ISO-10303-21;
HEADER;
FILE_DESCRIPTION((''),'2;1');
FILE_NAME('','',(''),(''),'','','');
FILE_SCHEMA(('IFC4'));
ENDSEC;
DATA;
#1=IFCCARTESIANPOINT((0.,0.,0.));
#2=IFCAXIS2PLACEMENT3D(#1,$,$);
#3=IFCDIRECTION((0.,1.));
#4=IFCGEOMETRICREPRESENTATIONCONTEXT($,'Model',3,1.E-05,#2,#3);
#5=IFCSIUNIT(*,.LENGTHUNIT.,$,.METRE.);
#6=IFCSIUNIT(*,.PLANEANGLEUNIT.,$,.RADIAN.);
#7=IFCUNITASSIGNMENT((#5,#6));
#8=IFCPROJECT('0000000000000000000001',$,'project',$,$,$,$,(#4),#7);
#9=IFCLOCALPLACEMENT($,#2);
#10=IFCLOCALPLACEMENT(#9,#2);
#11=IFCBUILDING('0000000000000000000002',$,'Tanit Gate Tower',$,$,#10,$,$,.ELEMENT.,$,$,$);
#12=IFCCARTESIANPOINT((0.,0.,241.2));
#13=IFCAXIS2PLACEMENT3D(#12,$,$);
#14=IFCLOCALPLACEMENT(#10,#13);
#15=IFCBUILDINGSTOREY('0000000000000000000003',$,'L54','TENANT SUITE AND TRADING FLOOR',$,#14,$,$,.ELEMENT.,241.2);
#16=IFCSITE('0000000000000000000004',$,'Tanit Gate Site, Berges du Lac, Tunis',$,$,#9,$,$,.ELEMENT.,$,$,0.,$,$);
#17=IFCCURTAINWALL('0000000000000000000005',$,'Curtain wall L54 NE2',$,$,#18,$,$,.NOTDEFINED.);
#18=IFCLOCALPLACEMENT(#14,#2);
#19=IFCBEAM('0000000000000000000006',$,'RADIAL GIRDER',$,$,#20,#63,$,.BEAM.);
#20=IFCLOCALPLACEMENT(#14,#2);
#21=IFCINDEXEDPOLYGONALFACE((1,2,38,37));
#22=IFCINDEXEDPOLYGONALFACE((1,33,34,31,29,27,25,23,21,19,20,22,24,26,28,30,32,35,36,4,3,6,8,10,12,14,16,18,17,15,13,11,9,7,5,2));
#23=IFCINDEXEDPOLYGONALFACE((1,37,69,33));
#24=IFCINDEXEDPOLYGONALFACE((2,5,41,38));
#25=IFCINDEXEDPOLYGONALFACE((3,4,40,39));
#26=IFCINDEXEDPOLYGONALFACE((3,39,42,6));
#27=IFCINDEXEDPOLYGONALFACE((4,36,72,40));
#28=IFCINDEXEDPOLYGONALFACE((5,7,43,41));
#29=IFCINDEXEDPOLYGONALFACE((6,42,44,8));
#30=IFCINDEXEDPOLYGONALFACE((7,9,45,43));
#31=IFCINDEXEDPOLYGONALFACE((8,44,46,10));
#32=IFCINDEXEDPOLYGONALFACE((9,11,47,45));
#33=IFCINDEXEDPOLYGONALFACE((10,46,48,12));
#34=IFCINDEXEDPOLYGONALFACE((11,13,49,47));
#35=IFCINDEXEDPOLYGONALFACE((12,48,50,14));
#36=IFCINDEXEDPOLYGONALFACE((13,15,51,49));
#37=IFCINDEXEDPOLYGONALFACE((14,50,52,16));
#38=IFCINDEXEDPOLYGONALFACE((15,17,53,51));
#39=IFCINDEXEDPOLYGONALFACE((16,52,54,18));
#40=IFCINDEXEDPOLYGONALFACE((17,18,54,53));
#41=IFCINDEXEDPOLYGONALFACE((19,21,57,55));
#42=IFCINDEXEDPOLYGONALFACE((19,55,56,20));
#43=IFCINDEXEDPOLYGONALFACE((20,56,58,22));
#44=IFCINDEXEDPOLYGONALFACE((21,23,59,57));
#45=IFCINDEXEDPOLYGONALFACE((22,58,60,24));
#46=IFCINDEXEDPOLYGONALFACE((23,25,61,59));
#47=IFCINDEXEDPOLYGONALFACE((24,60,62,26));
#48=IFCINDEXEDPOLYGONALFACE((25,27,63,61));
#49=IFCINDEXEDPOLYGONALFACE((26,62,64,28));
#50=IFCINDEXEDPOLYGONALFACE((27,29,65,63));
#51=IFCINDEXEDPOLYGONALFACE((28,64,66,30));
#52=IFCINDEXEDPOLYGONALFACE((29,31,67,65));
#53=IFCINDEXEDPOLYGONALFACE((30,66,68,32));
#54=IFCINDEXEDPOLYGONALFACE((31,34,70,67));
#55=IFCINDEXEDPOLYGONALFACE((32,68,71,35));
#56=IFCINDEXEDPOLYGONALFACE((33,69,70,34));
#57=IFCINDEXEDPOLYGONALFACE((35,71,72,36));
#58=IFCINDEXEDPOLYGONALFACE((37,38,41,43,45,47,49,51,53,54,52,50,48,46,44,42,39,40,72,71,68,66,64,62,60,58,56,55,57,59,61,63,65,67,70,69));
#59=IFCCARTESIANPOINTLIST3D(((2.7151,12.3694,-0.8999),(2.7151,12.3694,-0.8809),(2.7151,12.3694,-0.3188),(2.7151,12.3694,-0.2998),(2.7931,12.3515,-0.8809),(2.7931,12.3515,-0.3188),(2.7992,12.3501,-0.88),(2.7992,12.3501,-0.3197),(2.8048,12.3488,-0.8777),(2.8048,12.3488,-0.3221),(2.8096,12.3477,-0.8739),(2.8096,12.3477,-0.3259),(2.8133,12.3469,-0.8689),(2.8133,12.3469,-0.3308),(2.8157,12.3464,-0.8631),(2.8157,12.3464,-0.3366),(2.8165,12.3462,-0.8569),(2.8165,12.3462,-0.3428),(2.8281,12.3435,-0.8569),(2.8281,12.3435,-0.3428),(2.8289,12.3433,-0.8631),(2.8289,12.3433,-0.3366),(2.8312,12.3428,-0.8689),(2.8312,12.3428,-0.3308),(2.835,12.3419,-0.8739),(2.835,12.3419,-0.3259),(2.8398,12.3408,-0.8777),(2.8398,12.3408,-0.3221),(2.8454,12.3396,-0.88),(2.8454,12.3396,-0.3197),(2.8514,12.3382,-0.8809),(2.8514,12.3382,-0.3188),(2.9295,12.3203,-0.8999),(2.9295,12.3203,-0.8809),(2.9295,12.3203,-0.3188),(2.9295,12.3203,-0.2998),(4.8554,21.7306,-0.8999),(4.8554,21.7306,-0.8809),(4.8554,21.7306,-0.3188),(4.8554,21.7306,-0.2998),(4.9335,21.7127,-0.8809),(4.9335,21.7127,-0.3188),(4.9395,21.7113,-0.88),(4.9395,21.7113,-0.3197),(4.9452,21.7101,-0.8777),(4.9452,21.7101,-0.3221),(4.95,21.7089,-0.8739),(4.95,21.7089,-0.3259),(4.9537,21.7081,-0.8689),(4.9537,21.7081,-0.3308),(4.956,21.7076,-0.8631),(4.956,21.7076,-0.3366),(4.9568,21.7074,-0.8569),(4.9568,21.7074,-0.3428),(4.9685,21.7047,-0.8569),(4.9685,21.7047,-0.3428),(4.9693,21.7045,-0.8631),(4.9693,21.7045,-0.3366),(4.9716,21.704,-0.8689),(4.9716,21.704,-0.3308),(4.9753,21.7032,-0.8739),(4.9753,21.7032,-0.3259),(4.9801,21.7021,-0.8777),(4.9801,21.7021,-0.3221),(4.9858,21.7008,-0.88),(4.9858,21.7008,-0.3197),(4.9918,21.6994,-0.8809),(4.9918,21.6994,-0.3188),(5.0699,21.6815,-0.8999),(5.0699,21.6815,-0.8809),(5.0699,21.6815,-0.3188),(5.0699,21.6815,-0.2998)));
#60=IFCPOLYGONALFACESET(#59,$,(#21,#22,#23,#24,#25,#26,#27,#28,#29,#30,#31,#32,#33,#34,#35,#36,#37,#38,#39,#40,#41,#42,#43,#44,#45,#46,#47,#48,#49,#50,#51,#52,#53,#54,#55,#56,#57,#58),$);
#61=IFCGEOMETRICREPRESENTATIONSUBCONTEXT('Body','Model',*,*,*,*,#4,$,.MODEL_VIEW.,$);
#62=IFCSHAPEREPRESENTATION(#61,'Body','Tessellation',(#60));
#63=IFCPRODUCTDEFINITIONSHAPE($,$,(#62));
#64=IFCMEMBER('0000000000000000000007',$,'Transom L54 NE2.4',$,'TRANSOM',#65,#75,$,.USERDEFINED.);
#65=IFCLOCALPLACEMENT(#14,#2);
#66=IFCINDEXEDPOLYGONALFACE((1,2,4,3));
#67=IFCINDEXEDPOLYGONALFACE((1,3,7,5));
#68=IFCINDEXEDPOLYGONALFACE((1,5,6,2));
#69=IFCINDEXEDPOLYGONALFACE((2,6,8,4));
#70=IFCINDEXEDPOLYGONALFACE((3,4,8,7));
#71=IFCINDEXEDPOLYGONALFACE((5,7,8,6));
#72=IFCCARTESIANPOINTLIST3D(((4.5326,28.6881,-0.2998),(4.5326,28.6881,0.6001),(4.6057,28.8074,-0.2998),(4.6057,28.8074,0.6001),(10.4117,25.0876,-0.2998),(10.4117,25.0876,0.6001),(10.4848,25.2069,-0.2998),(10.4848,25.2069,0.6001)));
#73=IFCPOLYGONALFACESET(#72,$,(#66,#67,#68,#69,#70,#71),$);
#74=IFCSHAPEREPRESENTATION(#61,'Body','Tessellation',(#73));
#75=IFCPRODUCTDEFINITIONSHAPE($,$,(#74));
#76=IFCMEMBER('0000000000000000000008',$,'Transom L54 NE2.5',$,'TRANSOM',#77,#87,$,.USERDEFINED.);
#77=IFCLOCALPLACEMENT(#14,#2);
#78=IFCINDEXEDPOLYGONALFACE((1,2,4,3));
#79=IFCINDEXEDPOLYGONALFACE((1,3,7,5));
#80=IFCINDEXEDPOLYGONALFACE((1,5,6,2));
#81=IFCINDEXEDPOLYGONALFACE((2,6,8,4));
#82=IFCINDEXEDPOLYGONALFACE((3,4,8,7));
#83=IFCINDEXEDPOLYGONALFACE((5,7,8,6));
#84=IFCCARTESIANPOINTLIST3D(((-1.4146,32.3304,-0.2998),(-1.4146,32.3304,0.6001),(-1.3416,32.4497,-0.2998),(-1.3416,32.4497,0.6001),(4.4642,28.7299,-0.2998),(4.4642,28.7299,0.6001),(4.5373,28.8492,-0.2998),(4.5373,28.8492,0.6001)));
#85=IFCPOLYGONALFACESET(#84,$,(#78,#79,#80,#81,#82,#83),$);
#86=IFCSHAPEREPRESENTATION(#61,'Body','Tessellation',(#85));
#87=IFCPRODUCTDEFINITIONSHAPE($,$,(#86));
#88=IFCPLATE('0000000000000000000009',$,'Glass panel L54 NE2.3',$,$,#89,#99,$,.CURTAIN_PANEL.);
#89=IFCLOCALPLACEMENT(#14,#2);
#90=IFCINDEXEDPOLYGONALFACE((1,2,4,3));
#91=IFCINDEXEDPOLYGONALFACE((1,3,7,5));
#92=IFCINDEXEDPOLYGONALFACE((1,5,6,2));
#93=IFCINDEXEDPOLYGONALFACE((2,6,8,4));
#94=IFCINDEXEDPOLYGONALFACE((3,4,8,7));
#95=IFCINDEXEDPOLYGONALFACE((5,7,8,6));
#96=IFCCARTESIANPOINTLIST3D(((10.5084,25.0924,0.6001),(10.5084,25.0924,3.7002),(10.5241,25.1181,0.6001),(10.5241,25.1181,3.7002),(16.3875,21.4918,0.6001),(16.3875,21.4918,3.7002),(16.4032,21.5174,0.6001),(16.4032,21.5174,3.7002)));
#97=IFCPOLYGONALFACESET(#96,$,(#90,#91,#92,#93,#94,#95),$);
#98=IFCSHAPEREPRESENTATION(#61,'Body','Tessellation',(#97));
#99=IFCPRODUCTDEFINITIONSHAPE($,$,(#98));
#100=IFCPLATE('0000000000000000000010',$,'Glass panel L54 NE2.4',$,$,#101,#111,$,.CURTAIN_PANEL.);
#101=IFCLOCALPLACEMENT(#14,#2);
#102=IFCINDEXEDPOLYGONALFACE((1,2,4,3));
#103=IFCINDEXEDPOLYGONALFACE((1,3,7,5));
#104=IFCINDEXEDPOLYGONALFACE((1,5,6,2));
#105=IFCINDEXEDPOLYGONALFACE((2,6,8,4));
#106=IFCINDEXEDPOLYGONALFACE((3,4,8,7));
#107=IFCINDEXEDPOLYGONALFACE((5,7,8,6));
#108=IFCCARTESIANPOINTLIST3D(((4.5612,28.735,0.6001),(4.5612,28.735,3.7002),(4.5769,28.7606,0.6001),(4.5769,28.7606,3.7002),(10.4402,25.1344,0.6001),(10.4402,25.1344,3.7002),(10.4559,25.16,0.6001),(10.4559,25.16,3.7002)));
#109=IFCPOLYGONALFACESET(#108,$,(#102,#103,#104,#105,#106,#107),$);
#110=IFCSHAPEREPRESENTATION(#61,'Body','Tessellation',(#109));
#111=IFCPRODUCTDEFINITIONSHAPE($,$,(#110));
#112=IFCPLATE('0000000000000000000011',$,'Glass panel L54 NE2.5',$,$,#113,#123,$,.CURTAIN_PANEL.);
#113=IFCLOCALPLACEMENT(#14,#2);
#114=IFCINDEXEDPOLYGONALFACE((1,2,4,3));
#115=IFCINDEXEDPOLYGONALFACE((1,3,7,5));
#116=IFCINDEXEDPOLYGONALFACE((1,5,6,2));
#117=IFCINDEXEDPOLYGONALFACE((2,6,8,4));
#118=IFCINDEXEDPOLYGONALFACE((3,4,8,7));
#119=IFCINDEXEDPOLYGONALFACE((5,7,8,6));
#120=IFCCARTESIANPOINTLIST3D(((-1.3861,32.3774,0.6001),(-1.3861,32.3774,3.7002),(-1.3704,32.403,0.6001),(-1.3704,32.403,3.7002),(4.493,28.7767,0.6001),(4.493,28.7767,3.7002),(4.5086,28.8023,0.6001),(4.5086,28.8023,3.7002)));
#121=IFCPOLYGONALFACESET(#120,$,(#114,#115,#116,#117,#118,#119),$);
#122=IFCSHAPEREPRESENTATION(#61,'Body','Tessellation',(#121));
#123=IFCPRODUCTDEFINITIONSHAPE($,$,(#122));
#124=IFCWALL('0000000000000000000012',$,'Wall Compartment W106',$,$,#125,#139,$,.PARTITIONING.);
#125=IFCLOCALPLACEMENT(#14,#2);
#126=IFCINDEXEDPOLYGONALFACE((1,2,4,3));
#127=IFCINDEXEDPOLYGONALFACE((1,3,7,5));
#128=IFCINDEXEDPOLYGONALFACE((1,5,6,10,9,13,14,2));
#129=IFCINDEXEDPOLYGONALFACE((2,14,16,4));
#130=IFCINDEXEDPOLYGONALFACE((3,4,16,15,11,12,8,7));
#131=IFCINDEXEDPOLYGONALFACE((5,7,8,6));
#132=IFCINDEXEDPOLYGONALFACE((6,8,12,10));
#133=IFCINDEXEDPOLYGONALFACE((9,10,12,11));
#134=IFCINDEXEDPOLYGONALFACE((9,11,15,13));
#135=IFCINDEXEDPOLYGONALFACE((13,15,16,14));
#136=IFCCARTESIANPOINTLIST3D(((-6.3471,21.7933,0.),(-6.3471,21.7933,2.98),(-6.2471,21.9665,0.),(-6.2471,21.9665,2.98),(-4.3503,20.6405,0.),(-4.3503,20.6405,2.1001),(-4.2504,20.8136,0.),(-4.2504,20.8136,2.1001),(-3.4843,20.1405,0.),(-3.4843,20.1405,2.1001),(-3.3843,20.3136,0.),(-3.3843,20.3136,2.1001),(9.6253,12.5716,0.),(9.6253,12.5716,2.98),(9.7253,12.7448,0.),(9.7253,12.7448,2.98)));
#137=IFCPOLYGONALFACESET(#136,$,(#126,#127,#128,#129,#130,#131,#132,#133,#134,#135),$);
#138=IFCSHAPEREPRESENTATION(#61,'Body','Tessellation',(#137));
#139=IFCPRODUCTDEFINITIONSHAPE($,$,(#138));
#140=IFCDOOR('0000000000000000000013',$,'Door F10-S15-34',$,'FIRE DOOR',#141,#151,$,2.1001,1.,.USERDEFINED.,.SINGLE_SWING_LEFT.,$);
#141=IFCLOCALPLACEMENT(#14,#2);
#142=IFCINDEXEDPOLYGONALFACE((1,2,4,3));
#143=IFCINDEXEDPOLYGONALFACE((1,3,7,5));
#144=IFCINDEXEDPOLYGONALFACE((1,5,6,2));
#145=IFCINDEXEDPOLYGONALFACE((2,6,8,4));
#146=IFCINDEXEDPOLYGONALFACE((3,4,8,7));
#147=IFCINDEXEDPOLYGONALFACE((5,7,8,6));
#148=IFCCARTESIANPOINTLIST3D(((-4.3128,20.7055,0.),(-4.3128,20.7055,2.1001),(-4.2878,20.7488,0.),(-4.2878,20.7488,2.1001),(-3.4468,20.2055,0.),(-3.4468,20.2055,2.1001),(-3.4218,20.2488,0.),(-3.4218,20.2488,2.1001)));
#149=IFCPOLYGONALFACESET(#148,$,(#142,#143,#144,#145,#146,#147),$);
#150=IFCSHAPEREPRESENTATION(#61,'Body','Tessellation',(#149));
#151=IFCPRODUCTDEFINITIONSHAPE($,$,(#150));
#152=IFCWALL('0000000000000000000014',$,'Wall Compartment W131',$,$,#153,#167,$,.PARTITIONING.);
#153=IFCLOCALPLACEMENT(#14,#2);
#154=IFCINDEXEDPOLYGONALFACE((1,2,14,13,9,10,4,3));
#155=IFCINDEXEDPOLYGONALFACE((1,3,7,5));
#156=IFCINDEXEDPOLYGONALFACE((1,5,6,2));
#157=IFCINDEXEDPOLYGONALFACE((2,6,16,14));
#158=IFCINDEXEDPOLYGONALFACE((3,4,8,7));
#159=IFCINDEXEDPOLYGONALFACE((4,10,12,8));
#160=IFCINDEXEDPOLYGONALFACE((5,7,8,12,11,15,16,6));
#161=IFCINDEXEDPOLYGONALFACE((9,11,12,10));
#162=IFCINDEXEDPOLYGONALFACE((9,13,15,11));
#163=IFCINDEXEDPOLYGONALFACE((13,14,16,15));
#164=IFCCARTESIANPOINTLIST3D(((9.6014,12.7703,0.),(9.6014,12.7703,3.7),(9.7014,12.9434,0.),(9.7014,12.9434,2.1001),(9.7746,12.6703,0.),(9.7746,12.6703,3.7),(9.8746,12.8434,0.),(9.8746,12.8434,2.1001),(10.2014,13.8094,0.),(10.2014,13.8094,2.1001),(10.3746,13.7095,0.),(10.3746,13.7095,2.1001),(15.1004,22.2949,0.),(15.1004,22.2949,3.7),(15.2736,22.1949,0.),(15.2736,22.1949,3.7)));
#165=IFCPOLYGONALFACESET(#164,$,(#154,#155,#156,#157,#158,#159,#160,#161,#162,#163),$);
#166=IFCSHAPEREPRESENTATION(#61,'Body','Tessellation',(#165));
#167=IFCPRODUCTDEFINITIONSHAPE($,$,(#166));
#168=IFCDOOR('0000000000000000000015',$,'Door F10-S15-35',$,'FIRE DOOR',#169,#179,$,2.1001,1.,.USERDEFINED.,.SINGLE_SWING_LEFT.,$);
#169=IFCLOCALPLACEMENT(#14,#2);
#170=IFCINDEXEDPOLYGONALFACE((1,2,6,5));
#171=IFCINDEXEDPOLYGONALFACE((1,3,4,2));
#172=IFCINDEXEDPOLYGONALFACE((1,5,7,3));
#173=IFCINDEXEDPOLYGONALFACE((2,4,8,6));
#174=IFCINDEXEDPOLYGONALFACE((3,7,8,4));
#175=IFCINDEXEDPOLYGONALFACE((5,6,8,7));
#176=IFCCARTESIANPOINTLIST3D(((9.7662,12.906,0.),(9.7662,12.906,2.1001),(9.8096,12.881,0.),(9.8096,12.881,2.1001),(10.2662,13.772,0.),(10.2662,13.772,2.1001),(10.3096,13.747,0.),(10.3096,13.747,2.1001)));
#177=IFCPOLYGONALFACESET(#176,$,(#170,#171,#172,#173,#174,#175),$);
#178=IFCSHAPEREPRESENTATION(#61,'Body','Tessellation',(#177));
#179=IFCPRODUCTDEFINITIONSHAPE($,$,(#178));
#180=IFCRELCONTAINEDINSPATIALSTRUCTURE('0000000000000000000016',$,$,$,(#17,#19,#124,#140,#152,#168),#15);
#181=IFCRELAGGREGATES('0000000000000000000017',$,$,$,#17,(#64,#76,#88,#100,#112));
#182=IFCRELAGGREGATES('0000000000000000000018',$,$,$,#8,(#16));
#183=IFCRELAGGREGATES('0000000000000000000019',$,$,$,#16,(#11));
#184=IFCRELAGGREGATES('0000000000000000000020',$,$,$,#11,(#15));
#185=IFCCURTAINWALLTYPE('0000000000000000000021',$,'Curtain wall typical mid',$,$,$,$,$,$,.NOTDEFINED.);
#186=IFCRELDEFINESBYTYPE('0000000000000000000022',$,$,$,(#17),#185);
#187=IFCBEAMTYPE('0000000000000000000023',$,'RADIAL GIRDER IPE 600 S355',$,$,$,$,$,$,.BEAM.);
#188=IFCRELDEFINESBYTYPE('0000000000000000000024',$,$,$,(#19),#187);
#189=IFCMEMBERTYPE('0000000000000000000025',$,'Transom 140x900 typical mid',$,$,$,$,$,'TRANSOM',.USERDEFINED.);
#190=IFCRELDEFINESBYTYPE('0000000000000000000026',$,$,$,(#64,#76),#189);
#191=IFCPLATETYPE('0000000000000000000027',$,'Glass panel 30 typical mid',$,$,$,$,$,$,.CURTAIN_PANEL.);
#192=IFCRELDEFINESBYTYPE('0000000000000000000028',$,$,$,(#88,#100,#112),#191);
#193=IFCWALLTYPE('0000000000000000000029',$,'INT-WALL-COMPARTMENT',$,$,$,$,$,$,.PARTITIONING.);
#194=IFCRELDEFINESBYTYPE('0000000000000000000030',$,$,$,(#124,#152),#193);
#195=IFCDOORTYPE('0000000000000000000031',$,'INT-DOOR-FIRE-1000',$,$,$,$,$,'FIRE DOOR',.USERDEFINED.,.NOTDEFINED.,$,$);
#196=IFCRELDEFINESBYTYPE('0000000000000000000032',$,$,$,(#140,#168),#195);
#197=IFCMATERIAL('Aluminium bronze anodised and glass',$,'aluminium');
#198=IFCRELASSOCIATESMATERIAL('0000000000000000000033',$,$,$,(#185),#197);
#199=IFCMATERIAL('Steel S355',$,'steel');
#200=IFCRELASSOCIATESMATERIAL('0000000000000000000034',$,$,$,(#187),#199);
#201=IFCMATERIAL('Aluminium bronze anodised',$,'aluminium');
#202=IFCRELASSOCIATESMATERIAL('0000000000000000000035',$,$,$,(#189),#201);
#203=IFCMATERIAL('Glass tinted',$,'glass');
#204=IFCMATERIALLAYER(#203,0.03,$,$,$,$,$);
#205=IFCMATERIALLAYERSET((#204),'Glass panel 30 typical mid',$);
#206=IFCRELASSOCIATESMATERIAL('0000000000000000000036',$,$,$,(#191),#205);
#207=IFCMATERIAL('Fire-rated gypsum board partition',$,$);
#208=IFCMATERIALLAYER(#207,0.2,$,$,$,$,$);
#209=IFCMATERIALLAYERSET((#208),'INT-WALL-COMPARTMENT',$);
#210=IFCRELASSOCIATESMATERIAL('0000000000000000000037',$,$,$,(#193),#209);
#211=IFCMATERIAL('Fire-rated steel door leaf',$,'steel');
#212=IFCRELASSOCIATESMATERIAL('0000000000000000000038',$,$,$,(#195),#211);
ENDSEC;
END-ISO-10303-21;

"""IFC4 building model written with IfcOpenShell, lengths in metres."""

from ifc_helpers import new_model, si_unit, direction, frame, frame_2d, origin, origin_2d, place, context, subcontext, project, spatial, rectangle, i_section, extrude, material, layer, layer_set, material_profile, profile_set, type_object, element, fill, aggregate, save


model = new_model("IFC4")

# Units and contexts
model_context = context("Model", 3, precision=1e-05, world=origin(), true_north=direction((0.0, 1.0)))
body_context = subcontext(model_context, "Body", "Model", "MODEL_VIEW")
ifc_project = project(units=[si_unit("LENGTHUNIT", "METRE"), si_unit("PLANEANGLEUNIT", "RADIAN")], contexts=[model_context])

# Site, building, storey
site_placement = place(None, origin())
site = spatial("IfcSite", under=ifc_project, at=site_placement, Name="Tanit Gate Site, Berges du Lac, Tunis", CompositionType="ELEMENT", RefElevation=0.0)
building_placement = place(site_placement, origin())
building = spatial("IfcBuilding", under=site, at=building_placement, Name="Tanit Gate Tower", CompositionType="ELEMENT")
storey_placement = place(building_placement, frame((0.0, 0.0, 241.2)))
storey = spatial("IfcBuildingStorey", under=building, at=storey_placement, Name="L54", Description="TENANT SUITE AND TRADING FLOOR", CompositionType="ELEMENT", Elevation=241.2)

# Curtain wall
ifc_material_1 = material(Name="Aluminium bronze anodised and glass", Category="aluminium")
curtain_wall_type = type_object("IfcCurtainWallType", Name="Curtain wall typical mid", PredefinedType="NOTDEFINED", material=ifc_material_1)
curtain_wall_placement = place(storey_placement, origin())
curtain_wall = element("IfcCurtainWall", 1, at=curtain_wall_placement, inside=storey, type_object=curtain_wall_type, Name="Curtain wall L54 NE2", PredefinedType="NOTDEFINED")

# Beam
ifc_material_2 = material(Name="Steel S355", Category="steel")
ifc_material_profile_1 = material_profile(ifc_material_2, i_section(OverallWidth=0.22, OverallDepth=0.6001, WebThickness=0.012, FlangeThickness=0.019, FilletRadius=0.0239, at=origin_2d()), Name="IPE 600")
ifc_profile_set_1 = profile_set([ifc_material_profile_1], Name="Steel S355")
beam_type_1 = type_object("IfcBeamType", Name="RADIAL GIRDER IPE 600 S355", PredefinedType="BEAM", material=ifc_profile_set_1)
beam_1_placement = place(storey_placement, frame((4.9626, 21.7061, -0.5999), z_axis=(-0.222889, -0.974844, 0.0), x_axis=(0.974844, -0.222889, 0.0)))
element("IfcBeam", 2, at=beam_1_placement, inside=storey, type_object=beam_type_1, Name="RADIAL GIRDER", PredefinedType="BEAM", context=body_context, shape_type="SweptSolid", body=[
    extrude(i_section(OverallWidth=0.22, OverallDepth=0.6001, WebThickness=0.012, FlangeThickness=0.019, FilletRadius=0.0239, at=origin_2d()), origin(), (0.0, 0.0, 1.0), 9.6028),
])

# Members
ifc_material_3 = material(Name="Aluminium bronze anodised", Category="aluminium")
ifc_material_profile_2 = material_profile(ifc_material_3, rectangle(XDim=0.1399, YDim=0.8999, at=origin_2d()), Name="140x900 bronze transom")
ifc_profile_set_2 = profile_set([ifc_material_profile_2], Name="Aluminium bronze anodised")
member_type_1 = type_object("IfcMemberType", Name="Transom 140x900 typical mid", ElementType="TRANSOM", PredefinedType="USERDEFINED", material=ifc_profile_set_2)
member_1_placement = place(storey_placement, frame((10.4482, 25.1472, 0.1501), z_axis=(-0.85278, 0.522271, 0.0), x_axis=(-0.522271, -0.85278, 0.0)))
member_1 = element("IfcMember", 3, at=member_1_placement, type_object=member_type_1, Name="Transom L54 NE2.4", ObjectType="TRANSOM", PredefinedType="USERDEFINED", context=body_context, shape_type="SweptSolid", body=[
    extrude(rectangle(XDim=0.1399, YDim=0.8999, at=origin_2d()), origin(), (0.0, 0.0, 1.0), 6.894),
])
member_2_placement = place(storey_placement, frame((4.5007, 28.7896, 0.1501), z_axis=(-0.85277, 0.522286, 0.0), x_axis=(-0.522286, -0.85277, 0.0)))
member_2 = element("IfcMember", 4, at=member_2_placement, type_object=member_type_1, Name="Transom L54 NE2.5", ObjectType="TRANSOM", PredefinedType="USERDEFINED", context=body_context, shape_type="SweptSolid", body=[
    extrude(rectangle(XDim=0.1399, YDim=0.8999, at=origin_2d()), origin(), (0.0, 0.0, 1.0), 6.8938),
])

# Plates
ifc_material_4 = material(Name="Glass tinted", Category="glass")
ifc_layer_1 = layer(ifc_material_4, 0.03)
ifc_layer_set_1 = layer_set([ifc_layer_1], Name="Glass panel 30 typical mid")
plate_type = type_object("IfcPlateType", Name="Glass panel 30 typical mid", PredefinedType="CURTAIN_PANEL", material=ifc_layer_set_1)
plate_1_placement = place(storey_placement, frame((13.4558, 23.3049, 0.6001), z_axis=(0.0, 0.0, 1.0), x_axis=(-0.852772, 0.522283, 0.0)))
plate_1 = element("IfcPlate", 5, at=plate_1_placement, type_object=plate_type, Name="Glass panel L54 NE2.3", PredefinedType="CURTAIN_PANEL", context=body_context, shape_type="SweptSolid", body=[
    extrude(rectangle(XDim=6.894, YDim=0.03, at=origin_2d()), origin(), (0.0, 0.0, 1.0), 3.1001),
])
plate_2_placement = place(storey_placement, frame((7.5085, 26.9475, 0.6001), z_axis=(0.0, 0.0, 1.0), x_axis=(-0.852772, 0.522283, 0.0)))
plate_2 = element("IfcPlate", 6, at=plate_2_placement, type_object=plate_type, Name="Glass panel L54 NE2.4", PredefinedType="CURTAIN_PANEL", context=body_context, shape_type="SweptSolid", body=[
    extrude(rectangle(XDim=6.894, YDim=0.03, at=origin_2d()), origin(), (0.0, 0.0, 1.0), 3.1001),
])
plate_3_placement = place(storey_placement, frame((1.5613, 30.5898, 0.6001), z_axis=(0.0, 0.0, 1.0), x_axis=(-0.852772, 0.522283, 0.0)))
plate_3 = element("IfcPlate", 7, at=plate_3_placement, type_object=plate_type, Name="Glass panel L54 NE2.5", PredefinedType="CURTAIN_PANEL", context=body_context, shape_type="SweptSolid", body=[
    extrude(rectangle(XDim=6.894, YDim=0.03, at=origin_2d()), origin(), (0.0, 0.0, 1.0), 3.1001),
])
aggregate(curtain_wall, [member_1, member_2, plate_1, plate_2, plate_3])

# Walls, openings, doors
ifc_material_5 = material(Name="Fire-rated gypsum board partition")
ifc_layer_2 = layer(ifc_material_5, 0.2)
ifc_layer_set_2 = layer_set([ifc_layer_2], Name="INT-WALL-COMPARTMENT")
wall_type_1 = type_object("IfcWallType", Name="INT-WALL-COMPARTMENT", PredefinedType="PARTITIONING", material=ifc_layer_set_2)
wall_1_placement = place(storey_placement, frame((9.6753, 12.6582, 0.0), z_axis=(0.0, 0.0, 1.0), x_axis=(-0.866025, 0.5, 0.0)))
wall_1 = element("IfcWall", 8, at=wall_1_placement, inside=storey, type_object=wall_type_1, Name="Wall Compartment W106", PredefinedType="PARTITIONING", context=body_context, shape_type="SweptSolid", body=[
    extrude(rectangle(XDim=18.4434, YDim=0.2, at=frame_2d((9.2217, 0.0))), origin(), (0.0, 0.0, 1.0), 2.98),
])
opening_1_placement = place(wall_1_placement, frame((15.1377, 0.0, 0.0)))
opening_1 = element("IfcOpeningElement", 9, at=opening_1_placement, cuts=wall_1, PredefinedType="OPENING", context=body_context, shape_type="SweptSolid", body=[
    extrude(rectangle(XDim=1.0, YDim=2.1001, at=frame_2d((0.5, 1.05))), frame((0.0, 0.1099, 0.0), z_axis=(0.0, -1.0, 0.0), x_axis=(1.0, 0.0, 0.0)), (0.0, 0.0, 1.0), 0.22),
])
ifc_material_6 = material(Name="Fire-rated steel door leaf", Category="steel")
door_type_1 = type_object("IfcDoorType", Name="INT-DOOR-FIRE-1000", ElementType="FIRE DOOR", OperationType="NOTDEFINED", PredefinedType="USERDEFINED", material=ifc_material_6)
door_1_placement = place(opening_1_placement, origin())
door_1 = element("IfcDoor", 10, at=door_1_placement, inside=storey, type_object=door_type_1, Name="Door F10-S15-34", ObjectType="FIRE DOOR", OperationType="SINGLE_SWING_LEFT", OverallHeight=2.1001, OverallWidth=1.0, PredefinedType="USERDEFINED", context=body_context, shape_type="SweptSolid", body=[
    extrude(rectangle(XDim=1.0, YDim=2.1001, at=frame_2d((0.5, 1.05))), frame((0.0, 0.0249, 0.0), z_axis=(0.0, -1.0, 0.0), x_axis=(1.0, 0.0, 0.0)), (0.0, 0.0, 1.0), 0.05),
])
fill(opening_1, door_1)
wall_2_placement = place(storey_placement, frame((15.187, 22.2449, 0.0), z_axis=(0.0, 0.0, 1.0), x_axis=(-0.499997, -0.866027, 0.0)))
wall_2 = element("IfcWall", 11, at=wall_2_placement, inside=storey, type_object=wall_type_1, Name="Wall Compartment W131", PredefinedType="PARTITIONING", context=body_context, shape_type="SweptSolid", body=[
    extrude(rectangle(XDim=10.998, YDim=0.2, at=frame_2d((5.499, 0.0))), origin(), (0.0, 0.0, 1.0), 3.7),
])
opening_2_placement = place(wall_2_placement, frame((9.7981, 0.0, 0.0)))
opening_2 = element("IfcOpeningElement", 12, at=opening_2_placement, cuts=wall_2, PredefinedType="OPENING", context=body_context, shape_type="SweptSolid", body=[
    extrude(rectangle(XDim=1.0, YDim=2.1001, at=frame_2d((0.5, 1.05))), frame((0.0, 0.1099, 0.0), z_axis=(0.0, -1.0, 0.0), x_axis=(1.0, 0.0, 0.0)), (0.0, 0.0, 1.0), 0.22),
])
door_2_placement = place(opening_2_placement, origin())
door_2 = element("IfcDoor", 13, at=door_2_placement, inside=storey, type_object=door_type_1, Name="Door F10-S15-35", ObjectType="FIRE DOOR", OperationType="SINGLE_SWING_LEFT", OverallHeight=2.1001, OverallWidth=1.0, PredefinedType="USERDEFINED", context=body_context, shape_type="SweptSolid", body=[
    extrude(rectangle(XDim=1.0, YDim=2.1001, at=frame_2d((0.5, 1.05))), frame((0.0, 0.0249, 0.0), z_axis=(0.0, -1.0, 0.0), x_axis=(1.0, 0.0, 0.0)), (0.0, 0.0, 1.0), 0.05),
])
fill(opening_2, door_2)

save(model, "model.ifc")
